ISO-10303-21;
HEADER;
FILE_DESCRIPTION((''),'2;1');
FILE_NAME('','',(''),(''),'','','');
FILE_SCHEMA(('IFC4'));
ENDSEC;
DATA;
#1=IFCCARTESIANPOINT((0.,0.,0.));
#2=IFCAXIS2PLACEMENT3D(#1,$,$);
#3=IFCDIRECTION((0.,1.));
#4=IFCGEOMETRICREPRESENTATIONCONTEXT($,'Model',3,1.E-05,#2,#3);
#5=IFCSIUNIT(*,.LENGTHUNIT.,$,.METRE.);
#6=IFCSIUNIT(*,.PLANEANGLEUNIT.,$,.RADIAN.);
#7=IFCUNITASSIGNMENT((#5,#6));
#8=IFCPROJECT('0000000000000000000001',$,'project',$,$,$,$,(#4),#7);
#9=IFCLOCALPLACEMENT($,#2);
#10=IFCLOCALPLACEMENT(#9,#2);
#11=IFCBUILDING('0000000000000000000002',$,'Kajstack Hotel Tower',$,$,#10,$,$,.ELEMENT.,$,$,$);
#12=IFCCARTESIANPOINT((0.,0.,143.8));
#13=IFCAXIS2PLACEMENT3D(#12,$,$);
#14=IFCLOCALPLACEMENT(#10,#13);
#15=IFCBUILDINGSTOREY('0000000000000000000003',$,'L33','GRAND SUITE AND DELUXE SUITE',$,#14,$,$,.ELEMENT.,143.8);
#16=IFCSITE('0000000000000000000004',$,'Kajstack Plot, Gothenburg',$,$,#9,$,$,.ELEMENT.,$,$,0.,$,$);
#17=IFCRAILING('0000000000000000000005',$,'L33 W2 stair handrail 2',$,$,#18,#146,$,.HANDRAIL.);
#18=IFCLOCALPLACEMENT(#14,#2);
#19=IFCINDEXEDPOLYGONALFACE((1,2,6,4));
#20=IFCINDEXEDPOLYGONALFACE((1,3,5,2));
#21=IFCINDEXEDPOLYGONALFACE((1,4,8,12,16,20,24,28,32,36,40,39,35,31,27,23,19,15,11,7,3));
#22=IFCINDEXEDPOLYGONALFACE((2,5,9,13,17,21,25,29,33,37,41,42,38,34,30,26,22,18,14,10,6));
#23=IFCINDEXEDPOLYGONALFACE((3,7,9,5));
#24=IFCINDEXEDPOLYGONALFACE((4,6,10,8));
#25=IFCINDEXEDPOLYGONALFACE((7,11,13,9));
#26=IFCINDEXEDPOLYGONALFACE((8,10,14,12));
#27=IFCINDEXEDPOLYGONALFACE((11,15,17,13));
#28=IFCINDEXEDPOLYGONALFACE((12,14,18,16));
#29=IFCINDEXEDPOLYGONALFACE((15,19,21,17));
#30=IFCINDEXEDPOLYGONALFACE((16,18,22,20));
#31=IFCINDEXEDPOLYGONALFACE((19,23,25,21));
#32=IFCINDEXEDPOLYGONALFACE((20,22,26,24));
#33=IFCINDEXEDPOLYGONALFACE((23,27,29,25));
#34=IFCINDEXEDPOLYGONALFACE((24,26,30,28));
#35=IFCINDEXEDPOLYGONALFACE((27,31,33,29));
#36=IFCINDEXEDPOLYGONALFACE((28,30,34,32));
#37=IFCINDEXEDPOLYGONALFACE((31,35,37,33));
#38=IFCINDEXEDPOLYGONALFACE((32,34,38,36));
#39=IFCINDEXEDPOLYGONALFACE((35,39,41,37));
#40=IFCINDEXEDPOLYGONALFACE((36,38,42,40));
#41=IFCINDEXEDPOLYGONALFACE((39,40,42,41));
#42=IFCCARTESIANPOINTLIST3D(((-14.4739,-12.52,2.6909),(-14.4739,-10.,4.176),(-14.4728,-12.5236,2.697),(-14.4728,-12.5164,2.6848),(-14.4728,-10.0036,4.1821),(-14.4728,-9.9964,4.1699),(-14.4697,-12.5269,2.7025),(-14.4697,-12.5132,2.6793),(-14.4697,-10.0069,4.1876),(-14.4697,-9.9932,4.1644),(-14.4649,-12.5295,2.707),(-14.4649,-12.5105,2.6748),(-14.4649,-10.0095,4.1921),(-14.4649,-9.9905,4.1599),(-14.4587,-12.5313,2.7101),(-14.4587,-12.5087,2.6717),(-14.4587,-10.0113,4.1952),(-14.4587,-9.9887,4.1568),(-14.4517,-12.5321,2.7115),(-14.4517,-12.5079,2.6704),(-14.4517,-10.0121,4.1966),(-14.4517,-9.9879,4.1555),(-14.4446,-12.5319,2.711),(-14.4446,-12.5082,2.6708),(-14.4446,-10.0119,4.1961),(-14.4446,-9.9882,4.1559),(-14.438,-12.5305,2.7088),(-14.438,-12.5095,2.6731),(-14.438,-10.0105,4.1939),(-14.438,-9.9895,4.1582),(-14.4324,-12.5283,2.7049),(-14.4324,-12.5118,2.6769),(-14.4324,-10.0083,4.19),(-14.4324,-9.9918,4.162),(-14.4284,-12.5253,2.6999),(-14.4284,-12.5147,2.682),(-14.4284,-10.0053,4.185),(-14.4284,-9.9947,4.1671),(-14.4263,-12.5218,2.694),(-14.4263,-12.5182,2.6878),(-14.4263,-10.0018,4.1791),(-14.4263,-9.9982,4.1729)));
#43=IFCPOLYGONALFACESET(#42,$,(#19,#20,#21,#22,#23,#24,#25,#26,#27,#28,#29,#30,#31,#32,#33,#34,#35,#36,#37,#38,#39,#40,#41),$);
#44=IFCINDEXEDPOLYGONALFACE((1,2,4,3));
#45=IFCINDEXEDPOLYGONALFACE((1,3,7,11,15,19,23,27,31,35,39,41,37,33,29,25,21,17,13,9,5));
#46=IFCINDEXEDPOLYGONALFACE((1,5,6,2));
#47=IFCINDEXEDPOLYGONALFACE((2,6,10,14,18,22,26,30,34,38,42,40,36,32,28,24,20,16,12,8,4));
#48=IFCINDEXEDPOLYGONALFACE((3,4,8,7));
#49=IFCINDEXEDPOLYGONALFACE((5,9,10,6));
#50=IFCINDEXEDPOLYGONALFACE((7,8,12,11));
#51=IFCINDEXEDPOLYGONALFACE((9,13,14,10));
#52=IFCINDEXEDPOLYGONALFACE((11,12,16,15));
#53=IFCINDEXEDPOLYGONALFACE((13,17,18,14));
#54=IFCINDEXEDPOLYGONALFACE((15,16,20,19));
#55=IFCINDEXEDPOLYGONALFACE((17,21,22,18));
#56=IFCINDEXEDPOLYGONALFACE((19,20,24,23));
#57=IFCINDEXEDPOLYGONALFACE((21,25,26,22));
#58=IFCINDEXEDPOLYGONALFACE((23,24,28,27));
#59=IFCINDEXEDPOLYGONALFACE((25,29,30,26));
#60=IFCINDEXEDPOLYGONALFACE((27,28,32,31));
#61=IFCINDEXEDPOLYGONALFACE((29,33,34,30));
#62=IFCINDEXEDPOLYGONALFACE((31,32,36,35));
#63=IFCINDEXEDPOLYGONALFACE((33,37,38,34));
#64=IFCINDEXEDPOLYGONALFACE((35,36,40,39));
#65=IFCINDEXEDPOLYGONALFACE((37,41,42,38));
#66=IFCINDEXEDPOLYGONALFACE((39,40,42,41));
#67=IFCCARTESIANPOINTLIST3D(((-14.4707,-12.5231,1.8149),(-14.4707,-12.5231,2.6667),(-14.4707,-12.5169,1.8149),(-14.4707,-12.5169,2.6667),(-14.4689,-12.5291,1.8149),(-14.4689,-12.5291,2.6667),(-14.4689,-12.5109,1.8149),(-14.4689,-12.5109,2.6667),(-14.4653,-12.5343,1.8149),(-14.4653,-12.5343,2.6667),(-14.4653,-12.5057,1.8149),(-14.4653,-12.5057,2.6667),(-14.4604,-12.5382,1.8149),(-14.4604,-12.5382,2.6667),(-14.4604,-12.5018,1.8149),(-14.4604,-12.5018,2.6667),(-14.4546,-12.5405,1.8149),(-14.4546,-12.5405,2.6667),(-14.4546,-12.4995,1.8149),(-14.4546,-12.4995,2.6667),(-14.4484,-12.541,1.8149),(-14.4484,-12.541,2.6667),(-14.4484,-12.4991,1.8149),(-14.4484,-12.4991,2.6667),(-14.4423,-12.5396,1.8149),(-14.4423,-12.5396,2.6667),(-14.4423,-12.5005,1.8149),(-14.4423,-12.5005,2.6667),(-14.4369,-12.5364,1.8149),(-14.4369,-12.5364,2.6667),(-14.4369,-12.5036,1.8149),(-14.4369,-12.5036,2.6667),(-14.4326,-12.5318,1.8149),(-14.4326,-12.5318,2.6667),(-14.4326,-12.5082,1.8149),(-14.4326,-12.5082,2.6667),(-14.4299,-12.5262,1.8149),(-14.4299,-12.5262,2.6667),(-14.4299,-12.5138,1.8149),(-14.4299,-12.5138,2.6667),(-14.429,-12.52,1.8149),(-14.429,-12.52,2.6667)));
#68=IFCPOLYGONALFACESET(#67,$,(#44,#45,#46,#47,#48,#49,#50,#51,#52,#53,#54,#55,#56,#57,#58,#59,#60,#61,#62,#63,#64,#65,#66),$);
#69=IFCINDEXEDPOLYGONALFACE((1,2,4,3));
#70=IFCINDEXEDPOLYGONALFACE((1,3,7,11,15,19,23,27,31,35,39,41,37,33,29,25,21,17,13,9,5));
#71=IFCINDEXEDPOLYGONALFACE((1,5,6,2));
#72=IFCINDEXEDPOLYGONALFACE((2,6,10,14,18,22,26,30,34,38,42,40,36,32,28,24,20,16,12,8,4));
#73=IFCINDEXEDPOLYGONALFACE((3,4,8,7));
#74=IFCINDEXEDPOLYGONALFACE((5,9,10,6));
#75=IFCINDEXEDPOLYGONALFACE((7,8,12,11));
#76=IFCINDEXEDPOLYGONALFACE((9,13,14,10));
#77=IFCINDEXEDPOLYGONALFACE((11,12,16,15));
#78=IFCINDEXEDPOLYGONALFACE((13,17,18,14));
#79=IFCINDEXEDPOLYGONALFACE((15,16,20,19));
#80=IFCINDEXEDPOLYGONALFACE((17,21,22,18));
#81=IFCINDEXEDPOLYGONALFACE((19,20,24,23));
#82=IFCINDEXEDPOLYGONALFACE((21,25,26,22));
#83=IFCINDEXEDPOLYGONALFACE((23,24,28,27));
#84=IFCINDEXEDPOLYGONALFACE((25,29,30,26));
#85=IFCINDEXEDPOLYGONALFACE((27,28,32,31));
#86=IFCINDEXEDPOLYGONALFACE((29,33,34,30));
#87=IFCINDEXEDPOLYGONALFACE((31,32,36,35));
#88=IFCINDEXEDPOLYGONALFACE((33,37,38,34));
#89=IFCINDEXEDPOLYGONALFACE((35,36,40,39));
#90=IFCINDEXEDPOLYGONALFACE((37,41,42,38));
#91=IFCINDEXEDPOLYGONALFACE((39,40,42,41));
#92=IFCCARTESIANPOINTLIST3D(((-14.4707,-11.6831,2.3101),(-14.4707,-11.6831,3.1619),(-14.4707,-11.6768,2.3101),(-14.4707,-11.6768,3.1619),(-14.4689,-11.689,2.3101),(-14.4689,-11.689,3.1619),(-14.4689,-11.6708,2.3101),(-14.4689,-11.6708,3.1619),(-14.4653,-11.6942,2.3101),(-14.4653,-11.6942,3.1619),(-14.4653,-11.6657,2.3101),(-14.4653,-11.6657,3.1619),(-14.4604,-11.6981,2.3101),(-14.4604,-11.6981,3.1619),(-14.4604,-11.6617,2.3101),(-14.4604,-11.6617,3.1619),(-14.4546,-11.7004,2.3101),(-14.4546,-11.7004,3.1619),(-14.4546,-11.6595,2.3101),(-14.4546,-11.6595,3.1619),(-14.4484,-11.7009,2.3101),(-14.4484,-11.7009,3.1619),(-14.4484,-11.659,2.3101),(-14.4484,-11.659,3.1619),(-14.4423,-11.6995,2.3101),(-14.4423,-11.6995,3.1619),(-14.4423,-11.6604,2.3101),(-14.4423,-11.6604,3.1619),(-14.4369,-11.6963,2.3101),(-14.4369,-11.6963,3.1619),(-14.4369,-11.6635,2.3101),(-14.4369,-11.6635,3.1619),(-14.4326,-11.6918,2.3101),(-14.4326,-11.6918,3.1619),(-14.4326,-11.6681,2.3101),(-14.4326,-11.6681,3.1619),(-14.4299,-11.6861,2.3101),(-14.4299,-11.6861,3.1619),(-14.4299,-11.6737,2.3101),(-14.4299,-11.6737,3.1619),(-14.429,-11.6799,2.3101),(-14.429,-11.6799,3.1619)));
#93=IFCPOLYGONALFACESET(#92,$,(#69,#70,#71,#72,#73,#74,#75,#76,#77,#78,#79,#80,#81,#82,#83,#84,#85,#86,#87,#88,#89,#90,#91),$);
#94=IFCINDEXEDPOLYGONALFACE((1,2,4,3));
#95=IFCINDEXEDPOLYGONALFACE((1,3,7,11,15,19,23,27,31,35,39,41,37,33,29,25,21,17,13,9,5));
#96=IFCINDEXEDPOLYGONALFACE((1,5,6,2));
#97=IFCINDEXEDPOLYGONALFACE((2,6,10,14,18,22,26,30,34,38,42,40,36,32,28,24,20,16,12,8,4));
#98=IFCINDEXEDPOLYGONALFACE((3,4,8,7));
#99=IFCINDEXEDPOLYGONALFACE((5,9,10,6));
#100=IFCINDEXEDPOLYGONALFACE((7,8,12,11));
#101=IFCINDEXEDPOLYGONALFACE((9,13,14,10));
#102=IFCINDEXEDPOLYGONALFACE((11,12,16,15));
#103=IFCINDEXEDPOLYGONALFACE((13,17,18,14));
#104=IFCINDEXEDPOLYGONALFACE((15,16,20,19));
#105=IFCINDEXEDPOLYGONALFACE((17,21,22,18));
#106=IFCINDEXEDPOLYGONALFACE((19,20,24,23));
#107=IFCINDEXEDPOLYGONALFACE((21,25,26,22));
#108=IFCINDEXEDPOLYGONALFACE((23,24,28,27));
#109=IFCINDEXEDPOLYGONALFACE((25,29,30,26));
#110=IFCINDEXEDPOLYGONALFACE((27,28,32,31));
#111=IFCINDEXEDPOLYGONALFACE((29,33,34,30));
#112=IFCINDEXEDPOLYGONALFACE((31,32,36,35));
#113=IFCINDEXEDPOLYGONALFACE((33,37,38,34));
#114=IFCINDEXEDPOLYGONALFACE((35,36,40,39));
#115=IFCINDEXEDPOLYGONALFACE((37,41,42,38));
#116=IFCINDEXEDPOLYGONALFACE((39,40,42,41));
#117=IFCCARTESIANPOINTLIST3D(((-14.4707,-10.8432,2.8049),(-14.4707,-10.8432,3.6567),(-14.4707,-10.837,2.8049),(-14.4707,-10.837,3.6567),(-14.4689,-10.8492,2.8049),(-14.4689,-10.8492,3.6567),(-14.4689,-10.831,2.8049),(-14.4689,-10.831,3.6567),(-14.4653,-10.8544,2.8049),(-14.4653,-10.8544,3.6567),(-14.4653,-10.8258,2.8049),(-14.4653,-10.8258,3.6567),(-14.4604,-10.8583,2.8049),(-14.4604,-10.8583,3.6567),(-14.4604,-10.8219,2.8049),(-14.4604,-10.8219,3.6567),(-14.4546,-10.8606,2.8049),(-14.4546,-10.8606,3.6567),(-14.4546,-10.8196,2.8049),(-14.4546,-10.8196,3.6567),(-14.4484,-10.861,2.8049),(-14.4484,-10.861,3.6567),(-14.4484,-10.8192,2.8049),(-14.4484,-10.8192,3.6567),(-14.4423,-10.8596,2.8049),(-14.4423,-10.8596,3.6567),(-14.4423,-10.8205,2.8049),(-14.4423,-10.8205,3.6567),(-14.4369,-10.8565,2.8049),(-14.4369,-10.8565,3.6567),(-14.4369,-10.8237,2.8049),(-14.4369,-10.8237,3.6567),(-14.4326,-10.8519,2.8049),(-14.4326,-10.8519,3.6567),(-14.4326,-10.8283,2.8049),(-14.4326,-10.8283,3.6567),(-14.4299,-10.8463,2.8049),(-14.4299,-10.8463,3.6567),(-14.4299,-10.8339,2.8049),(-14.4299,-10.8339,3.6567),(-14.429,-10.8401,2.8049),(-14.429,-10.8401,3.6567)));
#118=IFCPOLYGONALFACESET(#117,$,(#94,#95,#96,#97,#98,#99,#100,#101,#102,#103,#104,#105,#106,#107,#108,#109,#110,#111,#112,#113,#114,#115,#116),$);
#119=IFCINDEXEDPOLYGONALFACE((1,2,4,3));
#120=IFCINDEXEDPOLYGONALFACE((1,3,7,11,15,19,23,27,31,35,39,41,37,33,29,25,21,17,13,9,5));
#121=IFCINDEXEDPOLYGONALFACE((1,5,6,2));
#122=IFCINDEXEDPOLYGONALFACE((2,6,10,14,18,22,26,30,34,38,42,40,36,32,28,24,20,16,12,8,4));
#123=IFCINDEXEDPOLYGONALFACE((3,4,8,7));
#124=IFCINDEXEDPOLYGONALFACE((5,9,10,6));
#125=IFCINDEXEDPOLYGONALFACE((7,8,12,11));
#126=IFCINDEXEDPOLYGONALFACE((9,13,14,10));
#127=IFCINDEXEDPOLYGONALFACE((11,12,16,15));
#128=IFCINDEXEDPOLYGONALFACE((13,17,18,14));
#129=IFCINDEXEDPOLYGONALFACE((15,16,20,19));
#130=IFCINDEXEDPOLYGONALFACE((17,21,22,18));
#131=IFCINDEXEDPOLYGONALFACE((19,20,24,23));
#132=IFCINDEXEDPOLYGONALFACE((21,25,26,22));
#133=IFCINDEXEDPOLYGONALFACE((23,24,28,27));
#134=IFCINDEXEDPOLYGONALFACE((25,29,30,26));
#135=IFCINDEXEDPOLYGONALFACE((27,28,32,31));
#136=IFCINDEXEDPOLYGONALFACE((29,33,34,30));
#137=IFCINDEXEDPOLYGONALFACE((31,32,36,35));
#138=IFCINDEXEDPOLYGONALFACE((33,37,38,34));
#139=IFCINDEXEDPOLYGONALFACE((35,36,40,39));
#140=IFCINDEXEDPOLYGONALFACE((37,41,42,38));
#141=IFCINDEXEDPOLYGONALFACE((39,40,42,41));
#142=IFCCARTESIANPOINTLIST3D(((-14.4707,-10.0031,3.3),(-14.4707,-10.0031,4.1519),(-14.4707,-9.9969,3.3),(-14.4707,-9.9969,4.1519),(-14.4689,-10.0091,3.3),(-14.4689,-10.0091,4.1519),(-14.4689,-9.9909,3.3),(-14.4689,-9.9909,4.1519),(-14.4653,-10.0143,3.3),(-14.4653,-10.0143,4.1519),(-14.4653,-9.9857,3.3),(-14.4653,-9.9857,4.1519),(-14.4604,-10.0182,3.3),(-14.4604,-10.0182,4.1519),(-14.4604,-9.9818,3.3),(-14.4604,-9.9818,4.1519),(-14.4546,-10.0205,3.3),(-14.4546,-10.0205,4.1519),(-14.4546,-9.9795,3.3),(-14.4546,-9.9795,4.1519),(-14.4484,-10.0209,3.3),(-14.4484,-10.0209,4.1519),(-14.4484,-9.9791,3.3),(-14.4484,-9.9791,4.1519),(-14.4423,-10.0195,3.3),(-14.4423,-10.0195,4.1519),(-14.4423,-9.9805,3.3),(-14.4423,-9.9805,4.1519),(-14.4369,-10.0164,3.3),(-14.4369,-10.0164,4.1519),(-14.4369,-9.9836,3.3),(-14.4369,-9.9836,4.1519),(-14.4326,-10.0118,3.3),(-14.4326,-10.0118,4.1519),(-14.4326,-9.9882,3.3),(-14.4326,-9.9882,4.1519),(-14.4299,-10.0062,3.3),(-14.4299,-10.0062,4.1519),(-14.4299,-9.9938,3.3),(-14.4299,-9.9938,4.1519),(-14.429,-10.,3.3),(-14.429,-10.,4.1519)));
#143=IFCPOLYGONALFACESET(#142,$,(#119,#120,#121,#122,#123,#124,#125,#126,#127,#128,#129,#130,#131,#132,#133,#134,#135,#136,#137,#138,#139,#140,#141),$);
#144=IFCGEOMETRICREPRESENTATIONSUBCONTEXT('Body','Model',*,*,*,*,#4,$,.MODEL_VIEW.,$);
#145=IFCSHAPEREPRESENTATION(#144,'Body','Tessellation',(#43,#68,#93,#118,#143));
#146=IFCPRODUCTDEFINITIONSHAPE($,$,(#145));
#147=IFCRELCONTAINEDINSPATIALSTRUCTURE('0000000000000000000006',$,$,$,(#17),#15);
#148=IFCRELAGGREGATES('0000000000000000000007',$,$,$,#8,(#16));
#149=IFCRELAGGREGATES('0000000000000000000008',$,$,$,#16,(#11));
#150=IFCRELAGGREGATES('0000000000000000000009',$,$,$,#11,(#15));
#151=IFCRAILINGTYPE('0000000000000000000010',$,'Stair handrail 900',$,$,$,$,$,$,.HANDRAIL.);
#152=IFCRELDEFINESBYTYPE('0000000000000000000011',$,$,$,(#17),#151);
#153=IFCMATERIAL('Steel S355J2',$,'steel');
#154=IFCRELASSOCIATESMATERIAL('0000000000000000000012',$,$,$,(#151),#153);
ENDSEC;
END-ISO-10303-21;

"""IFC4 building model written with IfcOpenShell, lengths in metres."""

from ifc_helpers import new_model, si_unit, direction, frame, origin, origin_2d, place, context, subcontext, project, spatial, circle, extrude, material, type_object, element, save


model = new_model("IFC4")

# Units and contexts
model_context = context("Model", 3, precision=1e-05, world=origin(), true_north=direction((0.0, 1.0)))
body_context = subcontext(model_context, "Body", "Model", "MODEL_VIEW")
ifc_project = project(units=[si_unit("LENGTHUNIT", "METRE"), si_unit("PLANEANGLEUNIT", "RADIAN")], contexts=[model_context])

# Site, building, storey
site_placement = place(None, origin())
site = spatial("IfcSite", under=ifc_project, at=site_placement, Name="Kajstack Plot, Gothenburg", CompositionType="ELEMENT", RefElevation=0.0)
building_placement = place(site_placement, origin())
building = spatial("IfcBuilding", under=site, at=building_placement, Name="Kajstack Hotel Tower", CompositionType="ELEMENT")
storey_placement = place(building_placement, frame((0.0, 0.0, 143.8)))
storey = spatial("IfcBuildingStorey", under=building, at=storey_placement, Name="L33", Description="GRAND SUITE AND DELUXE SUITE", CompositionType="ELEMENT", Elevation=143.8)

# Railing
ifc_material_1 = material(Name="Steel S355J2", Category="steel")
railing_type_1 = type_object("IfcRailingType", Name="Stair handrail 900", PredefinedType="HANDRAIL", material=ifc_material_1)
railing_1_placement = place(storey_placement, frame((-14.45, -12.52, 1.8149)))
element("IfcRailing", 1, at=railing_1_placement, inside=storey, type_object=railing_type_1, Name="L33 W2 stair handrail 2", PredefinedType="HANDRAIL", context=body_context, shape_type="SweptSolid", body=[
    extrude(circle(Radius=0.0239, at=origin_2d()), frame((0.0, 0.0, 0.876), z_axis=(0.0, 0.861524, 0.507717), x_axis=(-1.0, 0.0, 0.0)), (0.0, 0.0, 1.0), 2.925),
    extrude(circle(Radius=0.021, at=origin_2d()), origin(), (0.0, 0.0, 1.0), 0.8518),
    extrude(circle(Radius=0.021, at=origin_2d()), frame((0.0, 0.8401, 0.4951)), (0.0, 0.0, 1.0), 0.8518),
    extrude(circle(Radius=0.021, at=origin_2d()), frame((0.0, 1.6799, 0.99)), (0.0, 0.0, 1.0), 0.8518),
    extrude(circle(Radius=0.021, at=origin_2d()), frame((0.0, 2.52, 1.4851)), (0.0, 0.0, 1.0), 0.8518),
])

save(model, "model.ifc")
